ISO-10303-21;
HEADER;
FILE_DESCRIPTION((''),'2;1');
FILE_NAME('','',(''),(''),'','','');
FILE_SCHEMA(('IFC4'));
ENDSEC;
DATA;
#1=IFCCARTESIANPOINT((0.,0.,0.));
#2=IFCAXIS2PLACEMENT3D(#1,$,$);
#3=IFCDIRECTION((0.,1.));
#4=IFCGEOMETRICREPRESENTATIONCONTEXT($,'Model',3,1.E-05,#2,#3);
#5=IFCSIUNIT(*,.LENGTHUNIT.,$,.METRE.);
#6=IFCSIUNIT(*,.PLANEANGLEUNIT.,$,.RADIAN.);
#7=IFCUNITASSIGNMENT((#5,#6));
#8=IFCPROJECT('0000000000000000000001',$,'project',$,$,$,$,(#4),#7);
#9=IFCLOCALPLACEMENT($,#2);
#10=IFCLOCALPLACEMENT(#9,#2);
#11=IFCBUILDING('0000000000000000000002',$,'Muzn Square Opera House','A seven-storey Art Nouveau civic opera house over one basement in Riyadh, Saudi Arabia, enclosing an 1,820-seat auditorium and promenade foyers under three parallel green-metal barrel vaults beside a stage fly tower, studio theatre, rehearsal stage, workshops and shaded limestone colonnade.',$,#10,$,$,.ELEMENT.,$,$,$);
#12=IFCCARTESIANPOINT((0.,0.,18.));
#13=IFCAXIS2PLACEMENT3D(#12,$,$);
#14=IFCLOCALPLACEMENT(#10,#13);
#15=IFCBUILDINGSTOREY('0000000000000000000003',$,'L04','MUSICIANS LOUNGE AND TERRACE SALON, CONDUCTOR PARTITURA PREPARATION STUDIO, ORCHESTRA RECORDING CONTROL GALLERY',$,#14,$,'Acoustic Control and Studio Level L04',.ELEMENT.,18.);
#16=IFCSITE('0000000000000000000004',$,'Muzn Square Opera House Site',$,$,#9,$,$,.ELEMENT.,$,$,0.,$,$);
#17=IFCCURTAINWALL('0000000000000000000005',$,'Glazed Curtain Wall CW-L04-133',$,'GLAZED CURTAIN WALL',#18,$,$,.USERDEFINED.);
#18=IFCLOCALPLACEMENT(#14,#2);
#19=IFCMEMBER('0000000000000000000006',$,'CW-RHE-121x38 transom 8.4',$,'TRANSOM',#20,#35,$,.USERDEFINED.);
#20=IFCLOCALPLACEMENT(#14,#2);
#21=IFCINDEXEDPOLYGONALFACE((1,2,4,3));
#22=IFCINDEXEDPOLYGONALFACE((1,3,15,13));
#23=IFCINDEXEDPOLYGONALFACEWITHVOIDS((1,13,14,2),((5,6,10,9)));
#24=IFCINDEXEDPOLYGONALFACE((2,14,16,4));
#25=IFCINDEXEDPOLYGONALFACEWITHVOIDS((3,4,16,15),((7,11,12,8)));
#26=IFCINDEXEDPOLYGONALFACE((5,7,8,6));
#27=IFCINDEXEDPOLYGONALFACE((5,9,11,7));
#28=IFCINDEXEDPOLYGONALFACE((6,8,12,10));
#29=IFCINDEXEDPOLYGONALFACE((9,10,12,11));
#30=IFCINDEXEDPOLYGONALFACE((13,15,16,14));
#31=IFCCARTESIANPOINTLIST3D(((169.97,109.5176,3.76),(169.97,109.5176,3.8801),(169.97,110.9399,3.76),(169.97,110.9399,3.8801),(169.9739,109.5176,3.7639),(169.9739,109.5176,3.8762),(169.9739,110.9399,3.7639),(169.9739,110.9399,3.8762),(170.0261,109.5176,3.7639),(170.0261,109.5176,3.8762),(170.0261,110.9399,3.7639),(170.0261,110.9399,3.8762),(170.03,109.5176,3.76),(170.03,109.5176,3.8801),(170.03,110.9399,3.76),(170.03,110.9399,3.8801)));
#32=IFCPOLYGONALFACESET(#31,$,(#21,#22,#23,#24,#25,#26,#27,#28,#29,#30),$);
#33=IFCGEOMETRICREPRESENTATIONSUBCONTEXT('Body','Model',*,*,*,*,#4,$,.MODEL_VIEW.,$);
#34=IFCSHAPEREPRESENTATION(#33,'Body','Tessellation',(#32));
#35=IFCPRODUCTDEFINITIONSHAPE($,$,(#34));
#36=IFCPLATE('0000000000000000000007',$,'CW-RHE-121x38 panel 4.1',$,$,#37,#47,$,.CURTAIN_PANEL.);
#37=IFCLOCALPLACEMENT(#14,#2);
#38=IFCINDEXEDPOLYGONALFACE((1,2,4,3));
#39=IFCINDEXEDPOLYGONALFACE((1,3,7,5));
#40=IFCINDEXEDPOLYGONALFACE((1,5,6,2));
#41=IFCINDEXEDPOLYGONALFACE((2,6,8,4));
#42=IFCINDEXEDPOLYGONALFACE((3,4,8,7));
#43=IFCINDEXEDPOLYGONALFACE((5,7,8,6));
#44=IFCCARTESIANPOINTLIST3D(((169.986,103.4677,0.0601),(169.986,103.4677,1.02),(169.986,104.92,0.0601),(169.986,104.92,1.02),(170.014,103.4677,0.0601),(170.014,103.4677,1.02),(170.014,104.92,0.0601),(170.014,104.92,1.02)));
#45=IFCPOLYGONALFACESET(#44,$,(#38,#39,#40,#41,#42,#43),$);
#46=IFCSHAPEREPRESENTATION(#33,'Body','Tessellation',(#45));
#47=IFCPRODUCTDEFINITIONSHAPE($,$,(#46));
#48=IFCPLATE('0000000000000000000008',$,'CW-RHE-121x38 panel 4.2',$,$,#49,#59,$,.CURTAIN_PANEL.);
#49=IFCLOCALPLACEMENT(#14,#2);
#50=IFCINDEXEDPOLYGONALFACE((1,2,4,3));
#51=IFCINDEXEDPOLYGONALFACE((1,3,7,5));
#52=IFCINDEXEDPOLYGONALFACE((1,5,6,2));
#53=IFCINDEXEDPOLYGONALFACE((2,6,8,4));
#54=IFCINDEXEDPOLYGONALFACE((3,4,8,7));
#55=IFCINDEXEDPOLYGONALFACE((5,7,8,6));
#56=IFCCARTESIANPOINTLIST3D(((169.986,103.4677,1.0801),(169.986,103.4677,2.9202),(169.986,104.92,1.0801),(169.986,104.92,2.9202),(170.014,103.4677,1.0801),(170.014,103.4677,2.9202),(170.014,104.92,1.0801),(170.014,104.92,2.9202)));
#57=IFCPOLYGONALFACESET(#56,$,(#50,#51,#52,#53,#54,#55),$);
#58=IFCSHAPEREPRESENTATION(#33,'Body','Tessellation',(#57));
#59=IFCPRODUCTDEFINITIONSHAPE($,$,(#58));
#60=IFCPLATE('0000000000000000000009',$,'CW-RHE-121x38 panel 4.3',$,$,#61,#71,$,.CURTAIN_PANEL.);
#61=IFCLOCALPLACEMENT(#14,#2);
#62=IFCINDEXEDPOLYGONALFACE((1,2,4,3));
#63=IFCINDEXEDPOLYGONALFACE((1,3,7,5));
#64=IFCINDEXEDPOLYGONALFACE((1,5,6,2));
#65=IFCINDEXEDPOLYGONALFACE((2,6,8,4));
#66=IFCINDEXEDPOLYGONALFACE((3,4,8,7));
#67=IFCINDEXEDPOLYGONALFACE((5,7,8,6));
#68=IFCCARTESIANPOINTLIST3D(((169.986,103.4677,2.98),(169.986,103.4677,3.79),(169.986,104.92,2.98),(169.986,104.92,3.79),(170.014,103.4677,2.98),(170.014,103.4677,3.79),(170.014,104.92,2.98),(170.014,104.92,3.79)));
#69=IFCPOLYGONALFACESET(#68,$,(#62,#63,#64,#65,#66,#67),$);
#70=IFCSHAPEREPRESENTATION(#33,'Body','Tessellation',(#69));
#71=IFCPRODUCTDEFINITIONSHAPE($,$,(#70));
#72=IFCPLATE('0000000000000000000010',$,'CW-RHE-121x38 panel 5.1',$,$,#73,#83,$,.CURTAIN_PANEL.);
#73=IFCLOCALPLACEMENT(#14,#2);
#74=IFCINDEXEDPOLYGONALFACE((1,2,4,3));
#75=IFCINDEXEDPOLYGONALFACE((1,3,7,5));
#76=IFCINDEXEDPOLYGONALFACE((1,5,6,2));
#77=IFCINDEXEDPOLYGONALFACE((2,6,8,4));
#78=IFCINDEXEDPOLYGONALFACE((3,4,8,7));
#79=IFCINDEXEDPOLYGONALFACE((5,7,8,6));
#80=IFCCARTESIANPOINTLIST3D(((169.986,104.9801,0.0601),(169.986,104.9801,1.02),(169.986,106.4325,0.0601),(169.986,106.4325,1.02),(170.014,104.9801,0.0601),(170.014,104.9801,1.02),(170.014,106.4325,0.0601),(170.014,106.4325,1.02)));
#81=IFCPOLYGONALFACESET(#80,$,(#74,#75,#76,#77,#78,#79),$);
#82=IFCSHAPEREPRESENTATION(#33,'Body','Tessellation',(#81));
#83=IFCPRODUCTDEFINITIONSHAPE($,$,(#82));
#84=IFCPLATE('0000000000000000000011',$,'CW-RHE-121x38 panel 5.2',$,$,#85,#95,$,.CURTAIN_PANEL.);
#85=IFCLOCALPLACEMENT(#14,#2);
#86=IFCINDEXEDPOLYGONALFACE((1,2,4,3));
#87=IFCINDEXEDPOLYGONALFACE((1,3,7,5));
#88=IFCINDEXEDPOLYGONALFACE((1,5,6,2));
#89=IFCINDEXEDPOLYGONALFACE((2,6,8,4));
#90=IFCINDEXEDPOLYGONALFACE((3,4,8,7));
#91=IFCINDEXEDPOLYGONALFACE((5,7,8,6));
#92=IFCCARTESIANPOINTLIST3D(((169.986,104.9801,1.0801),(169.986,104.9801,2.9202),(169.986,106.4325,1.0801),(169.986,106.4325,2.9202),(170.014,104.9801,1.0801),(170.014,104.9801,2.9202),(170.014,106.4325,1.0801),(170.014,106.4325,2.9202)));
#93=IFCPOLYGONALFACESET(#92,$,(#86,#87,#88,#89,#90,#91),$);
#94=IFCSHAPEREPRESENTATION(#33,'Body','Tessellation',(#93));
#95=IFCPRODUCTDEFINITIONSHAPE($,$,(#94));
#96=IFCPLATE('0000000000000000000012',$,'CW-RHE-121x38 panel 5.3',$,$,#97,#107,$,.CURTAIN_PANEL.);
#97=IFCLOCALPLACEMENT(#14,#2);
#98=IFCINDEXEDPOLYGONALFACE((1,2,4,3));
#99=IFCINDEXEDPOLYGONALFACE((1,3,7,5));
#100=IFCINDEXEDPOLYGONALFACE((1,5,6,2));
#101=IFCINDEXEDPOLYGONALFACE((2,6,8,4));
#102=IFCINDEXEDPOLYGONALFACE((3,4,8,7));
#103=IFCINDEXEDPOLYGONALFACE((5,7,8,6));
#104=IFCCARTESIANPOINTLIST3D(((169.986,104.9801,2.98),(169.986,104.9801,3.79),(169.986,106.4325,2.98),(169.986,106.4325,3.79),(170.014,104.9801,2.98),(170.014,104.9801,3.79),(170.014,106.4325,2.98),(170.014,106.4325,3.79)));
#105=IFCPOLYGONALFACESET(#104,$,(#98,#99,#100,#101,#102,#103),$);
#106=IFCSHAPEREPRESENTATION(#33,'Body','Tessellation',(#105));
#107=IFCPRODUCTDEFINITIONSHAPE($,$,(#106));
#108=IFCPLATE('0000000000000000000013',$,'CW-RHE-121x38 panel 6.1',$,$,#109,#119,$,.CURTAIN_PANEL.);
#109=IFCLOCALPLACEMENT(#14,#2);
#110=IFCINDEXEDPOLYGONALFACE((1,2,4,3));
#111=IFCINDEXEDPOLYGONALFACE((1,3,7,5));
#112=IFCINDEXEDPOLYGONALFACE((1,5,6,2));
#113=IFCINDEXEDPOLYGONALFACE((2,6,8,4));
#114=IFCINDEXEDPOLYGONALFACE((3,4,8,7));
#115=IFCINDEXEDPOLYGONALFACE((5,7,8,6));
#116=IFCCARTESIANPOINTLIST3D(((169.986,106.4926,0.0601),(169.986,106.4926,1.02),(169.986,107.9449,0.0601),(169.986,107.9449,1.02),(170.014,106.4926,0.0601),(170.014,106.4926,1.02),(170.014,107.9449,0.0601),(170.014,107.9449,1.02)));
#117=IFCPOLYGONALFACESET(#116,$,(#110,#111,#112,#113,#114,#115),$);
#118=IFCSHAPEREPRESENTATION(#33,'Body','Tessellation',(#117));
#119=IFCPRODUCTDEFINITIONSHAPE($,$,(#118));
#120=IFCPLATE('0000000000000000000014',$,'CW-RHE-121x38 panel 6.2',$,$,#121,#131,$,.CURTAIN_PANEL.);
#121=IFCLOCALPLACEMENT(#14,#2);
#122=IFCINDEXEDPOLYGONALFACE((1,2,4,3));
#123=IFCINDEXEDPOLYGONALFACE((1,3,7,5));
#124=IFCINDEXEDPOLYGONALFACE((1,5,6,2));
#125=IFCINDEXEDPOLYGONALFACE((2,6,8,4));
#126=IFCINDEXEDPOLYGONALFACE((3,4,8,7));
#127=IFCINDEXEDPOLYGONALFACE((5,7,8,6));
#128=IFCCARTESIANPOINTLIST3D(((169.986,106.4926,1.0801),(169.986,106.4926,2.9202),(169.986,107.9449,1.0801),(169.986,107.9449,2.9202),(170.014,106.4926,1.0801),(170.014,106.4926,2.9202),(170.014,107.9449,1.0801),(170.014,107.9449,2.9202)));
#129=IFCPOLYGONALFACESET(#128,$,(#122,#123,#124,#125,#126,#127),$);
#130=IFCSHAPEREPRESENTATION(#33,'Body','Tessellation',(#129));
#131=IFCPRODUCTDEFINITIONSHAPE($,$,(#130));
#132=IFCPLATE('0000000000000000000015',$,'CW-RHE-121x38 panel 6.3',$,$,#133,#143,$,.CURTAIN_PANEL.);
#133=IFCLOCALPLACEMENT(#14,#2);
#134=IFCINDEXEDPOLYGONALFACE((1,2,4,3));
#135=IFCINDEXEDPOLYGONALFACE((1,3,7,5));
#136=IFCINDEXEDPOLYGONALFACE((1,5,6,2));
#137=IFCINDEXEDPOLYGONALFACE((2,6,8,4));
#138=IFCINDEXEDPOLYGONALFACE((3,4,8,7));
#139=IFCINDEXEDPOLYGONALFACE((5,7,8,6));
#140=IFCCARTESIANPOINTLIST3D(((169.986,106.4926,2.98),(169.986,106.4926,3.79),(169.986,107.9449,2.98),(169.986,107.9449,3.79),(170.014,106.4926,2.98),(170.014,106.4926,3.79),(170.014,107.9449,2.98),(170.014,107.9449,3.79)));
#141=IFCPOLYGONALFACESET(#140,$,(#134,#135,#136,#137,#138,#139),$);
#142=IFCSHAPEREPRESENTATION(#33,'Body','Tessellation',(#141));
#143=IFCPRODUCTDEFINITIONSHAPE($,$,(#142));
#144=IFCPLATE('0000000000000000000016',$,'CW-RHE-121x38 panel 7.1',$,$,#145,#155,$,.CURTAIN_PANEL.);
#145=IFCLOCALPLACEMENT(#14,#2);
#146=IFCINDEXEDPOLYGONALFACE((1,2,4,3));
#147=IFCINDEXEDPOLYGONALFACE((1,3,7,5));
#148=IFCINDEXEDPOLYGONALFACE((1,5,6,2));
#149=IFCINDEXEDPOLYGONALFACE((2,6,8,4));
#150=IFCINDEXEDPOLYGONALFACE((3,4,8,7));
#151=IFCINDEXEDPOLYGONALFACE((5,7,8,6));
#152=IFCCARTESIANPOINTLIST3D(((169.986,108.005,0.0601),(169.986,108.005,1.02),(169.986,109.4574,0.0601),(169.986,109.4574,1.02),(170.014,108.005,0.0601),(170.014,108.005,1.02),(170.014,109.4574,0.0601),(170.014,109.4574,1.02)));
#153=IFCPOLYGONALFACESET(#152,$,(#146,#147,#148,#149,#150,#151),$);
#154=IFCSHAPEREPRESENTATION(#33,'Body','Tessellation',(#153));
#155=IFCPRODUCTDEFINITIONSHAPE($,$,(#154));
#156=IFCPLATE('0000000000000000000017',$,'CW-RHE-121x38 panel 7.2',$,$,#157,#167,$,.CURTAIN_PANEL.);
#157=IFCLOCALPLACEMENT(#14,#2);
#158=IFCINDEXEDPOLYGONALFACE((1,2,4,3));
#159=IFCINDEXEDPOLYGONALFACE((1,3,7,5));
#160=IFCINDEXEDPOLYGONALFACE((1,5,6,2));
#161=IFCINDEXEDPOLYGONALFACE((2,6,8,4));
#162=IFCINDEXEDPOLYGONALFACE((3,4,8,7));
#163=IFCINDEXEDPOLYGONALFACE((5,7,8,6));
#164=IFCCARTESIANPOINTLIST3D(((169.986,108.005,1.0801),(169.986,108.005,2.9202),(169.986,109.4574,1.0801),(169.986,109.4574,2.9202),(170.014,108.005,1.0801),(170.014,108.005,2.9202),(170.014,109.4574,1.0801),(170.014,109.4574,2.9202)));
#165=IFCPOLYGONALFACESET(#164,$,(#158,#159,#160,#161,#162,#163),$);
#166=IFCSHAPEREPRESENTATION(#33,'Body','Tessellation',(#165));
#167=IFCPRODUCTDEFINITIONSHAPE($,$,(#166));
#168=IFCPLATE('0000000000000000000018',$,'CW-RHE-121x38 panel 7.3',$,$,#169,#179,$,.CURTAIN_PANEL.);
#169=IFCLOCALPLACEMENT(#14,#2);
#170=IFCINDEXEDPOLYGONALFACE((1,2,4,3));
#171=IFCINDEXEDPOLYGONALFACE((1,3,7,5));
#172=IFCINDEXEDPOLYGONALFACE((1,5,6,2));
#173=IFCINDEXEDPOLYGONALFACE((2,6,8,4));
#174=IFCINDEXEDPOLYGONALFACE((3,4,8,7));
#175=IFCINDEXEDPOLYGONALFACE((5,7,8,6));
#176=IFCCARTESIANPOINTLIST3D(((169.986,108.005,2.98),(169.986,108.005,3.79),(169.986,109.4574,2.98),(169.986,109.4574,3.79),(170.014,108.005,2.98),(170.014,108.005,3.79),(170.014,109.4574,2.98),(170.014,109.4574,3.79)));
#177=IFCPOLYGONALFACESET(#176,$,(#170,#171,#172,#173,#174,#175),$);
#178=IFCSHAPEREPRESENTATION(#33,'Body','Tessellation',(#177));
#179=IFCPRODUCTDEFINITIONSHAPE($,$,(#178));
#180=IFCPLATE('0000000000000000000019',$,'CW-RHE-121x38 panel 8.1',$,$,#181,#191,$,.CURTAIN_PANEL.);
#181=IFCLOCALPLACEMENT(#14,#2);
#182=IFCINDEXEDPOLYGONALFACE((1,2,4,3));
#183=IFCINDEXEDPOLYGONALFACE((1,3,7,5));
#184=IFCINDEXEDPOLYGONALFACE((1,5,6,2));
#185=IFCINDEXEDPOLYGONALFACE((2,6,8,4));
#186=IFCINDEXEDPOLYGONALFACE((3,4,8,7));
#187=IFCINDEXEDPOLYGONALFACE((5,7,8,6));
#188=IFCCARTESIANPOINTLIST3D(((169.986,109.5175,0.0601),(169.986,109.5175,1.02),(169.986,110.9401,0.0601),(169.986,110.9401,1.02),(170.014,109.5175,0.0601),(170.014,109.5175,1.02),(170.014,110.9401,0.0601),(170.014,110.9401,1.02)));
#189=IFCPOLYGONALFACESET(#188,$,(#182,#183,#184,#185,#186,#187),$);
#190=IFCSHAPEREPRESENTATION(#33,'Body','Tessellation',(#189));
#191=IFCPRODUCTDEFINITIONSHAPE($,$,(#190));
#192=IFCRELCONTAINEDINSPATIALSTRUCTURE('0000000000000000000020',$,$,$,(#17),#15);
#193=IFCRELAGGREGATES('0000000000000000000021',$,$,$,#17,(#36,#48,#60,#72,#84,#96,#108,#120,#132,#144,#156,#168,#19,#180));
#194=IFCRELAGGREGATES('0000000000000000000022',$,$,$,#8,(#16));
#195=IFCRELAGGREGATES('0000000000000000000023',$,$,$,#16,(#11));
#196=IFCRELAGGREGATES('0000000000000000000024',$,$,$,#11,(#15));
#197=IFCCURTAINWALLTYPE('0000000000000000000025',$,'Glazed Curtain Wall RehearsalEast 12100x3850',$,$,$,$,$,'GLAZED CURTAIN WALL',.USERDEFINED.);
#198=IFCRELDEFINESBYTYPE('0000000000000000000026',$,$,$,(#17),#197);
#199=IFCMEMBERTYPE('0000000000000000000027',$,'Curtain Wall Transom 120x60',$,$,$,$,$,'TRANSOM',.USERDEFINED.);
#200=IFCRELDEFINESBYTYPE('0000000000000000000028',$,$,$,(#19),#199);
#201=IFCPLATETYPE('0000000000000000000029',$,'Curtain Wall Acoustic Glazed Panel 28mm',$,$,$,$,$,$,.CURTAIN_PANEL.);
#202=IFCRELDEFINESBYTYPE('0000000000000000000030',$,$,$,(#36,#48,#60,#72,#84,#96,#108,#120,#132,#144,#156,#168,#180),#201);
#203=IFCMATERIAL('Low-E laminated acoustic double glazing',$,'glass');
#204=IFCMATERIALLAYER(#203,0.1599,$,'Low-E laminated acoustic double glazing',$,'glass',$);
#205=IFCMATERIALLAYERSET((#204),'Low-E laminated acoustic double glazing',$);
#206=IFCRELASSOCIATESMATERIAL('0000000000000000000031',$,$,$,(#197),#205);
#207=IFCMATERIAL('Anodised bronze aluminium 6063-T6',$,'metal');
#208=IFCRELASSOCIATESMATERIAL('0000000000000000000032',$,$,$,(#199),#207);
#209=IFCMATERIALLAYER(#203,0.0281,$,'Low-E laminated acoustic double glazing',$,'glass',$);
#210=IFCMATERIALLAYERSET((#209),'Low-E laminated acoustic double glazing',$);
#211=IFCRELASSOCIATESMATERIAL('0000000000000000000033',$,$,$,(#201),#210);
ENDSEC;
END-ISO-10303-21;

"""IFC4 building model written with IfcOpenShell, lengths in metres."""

from ifc_helpers import new_model, si_unit, direction, frame, origin, origin_2d, place, context, subcontext, project, spatial, rectangle, hollow_rectangle, extrude, material, layer, layer_set, material_profile, profile_set, type_object, element, aggregate, save


model = new_model("IFC4")

# Units and contexts
model_context = context("Model", 3, precision=1e-05, world=origin(), true_north=direction((0.0, 1.0)))
body_context = subcontext(model_context, "Body", "Model", "MODEL_VIEW")
ifc_project = project(units=[si_unit("LENGTHUNIT", "METRE"), si_unit("PLANEANGLEUNIT", "RADIAN")], contexts=[model_context])

# Site, building, storey
site_placement = place(None, origin())
site = spatial("IfcSite", under=ifc_project, at=site_placement, Name="Muzn Square Opera House Site", CompositionType="ELEMENT", RefElevation=0.0)
building_placement = place(site_placement, origin())
building = spatial("IfcBuilding", under=site, at=building_placement, Name="Muzn Square Opera House", Description="A seven-storey Art Nouveau civic opera house over one basement in Riyadh, Saudi Arabia, enclosing an 1,820-seat auditorium and promenade foyers under three parallel green-metal barrel vaults beside a stage fly tower, studio theatre, rehearsal stage, workshops and shaded limestone colonnade.", CompositionType="ELEMENT")
storey_placement = place(building_placement, frame((0.0, 0.0, 18.0)))
storey = spatial("IfcBuildingStorey", under=building, at=storey_placement, Name="L04", Description="MUSICIANS LOUNGE AND TERRACE SALON, CONDUCTOR PARTITURA PREPARATION STUDIO, ORCHESTRA RECORDING CONTROL GALLERY", LongName="Acoustic Control and Studio Level L04", CompositionType="ELEMENT", Elevation=18.0)

# Curtain wall, member, plates
ifc_material_1 = material(Name="Low-E laminated acoustic double glazing", Category="glass")
ifc_layer_1 = layer(ifc_material_1, 0.1599, Name="Low-E laminated acoustic double glazing", Category="glass")
ifc_layer_set_1 = layer_set([ifc_layer_1], Name="Low-E laminated acoustic double glazing")
curtain_wall_type = type_object("IfcCurtainWallType", Name="Glazed Curtain Wall RehearsalEast 12100x3850", ElementType="GLAZED CURTAIN WALL", PredefinedType="USERDEFINED", material=ifc_layer_set_1)
curtain_wall_placement = place(storey_placement, origin())
curtain_wall = element("IfcCurtainWall", 1, at=curtain_wall_placement, inside=storey, type_object=curtain_wall_type, Name="Glazed Curtain Wall CW-L04-133", ObjectType="GLAZED CURTAIN WALL", PredefinedType="USERDEFINED")
ifc_material_2 = material(Name="Anodised bronze aluminium 6063-T6", Category="metal")
ifc_material_profile_1 = material_profile(ifc_material_2, hollow_rectangle(XDim=0.0601, YDim=0.1201, WallThickness=0.0039, at=origin_2d()), Name="ALU 120x60x4", Category="metal")
ifc_profile_set_1 = profile_set([ifc_material_profile_1], Name="Anodised bronze aluminium 6063-T6")
member_type_1 = type_object("IfcMemberType", Name="Curtain Wall Transom 120x60", ElementType="TRANSOM", PredefinedType="USERDEFINED", material=ifc_profile_set_1)
member_1_placement = place(storey_placement, frame((170.0, 109.5176, 3.8201), z_axis=(0.0, 1.0, 0.0), x_axis=(-1.0, 0.0, 0.0)))
member_1 = element("IfcMember", 2, at=member_1_placement, type_object=member_type_1, Name="CW-RHE-121x38 transom 8.4", ObjectType="TRANSOM", PredefinedType="USERDEFINED", context=body_context, shape_type="SweptSolid", body=[
    extrude(hollow_rectangle(XDim=0.0601, YDim=0.1201, WallThickness=0.0039, at=origin_2d()), origin(), (0.0, 0.0, 1.0), 1.4224),
])
ifc_layer_2 = layer(ifc_material_1, 0.0281, Name="Low-E laminated acoustic double glazing", Category="glass")
ifc_layer_set_2 = layer_set([ifc_layer_2], Name="Low-E laminated acoustic double glazing")
plate_type = type_object("IfcPlateType", Name="Curtain Wall Acoustic Glazed Panel 28mm", PredefinedType="CURTAIN_PANEL", material=ifc_layer_set_2)
plate_1_placement = place(storey_placement, frame((170.0, 104.1938, 0.0601), z_axis=(0.0, 0.0, 1.0), x_axis=(0.0, 1.0, 0.0)))
plate_1 = element("IfcPlate", 3, at=plate_1_placement, type_object=plate_type, Name="CW-RHE-121x38 panel 4.1", PredefinedType="CURTAIN_PANEL", context=body_context, shape_type="SweptSolid", body=[
    extrude(rectangle(XDim=1.4524, YDim=0.0281, at=origin_2d()), origin(), (0.0, 0.0, 1.0), 0.96),
])
plate_2_placement = place(storey_placement, frame((170.0, 104.1938, 1.0801), z_axis=(0.0, 0.0, 1.0), x_axis=(0.0, 1.0, 0.0)))
plate_2 = element("IfcPlate", 4, at=plate_2_placement, type_object=plate_type, Name="CW-RHE-121x38 panel 4.2", PredefinedType="CURTAIN_PANEL", context=body_context, shape_type="SweptSolid", body=[
    extrude(rectangle(XDim=1.4524, YDim=0.0281, at=origin_2d()), origin(), (0.0, 0.0, 1.0), 1.8401),
])
plate_3_placement = place(storey_placement, frame((170.0, 104.1938, 2.98), z_axis=(0.0, 0.0, 1.0), x_axis=(0.0, 1.0, 0.0)))
plate_3 = element("IfcPlate", 5, at=plate_3_placement, type_object=plate_type, Name="CW-RHE-121x38 panel 4.3", PredefinedType="CURTAIN_PANEL", context=body_context, shape_type="SweptSolid", body=[
    extrude(rectangle(XDim=1.4524, YDim=0.0281, at=origin_2d()), origin(), (0.0, 0.0, 1.0), 0.8101),
])
plate_4_placement = place(storey_placement, frame((170.0, 105.7063, 0.0601), z_axis=(0.0, 0.0, 1.0), x_axis=(0.0, 1.0, 0.0)))
plate_4 = element("IfcPlate", 6, at=plate_4_placement, type_object=plate_type, Name="CW-RHE-121x38 panel 5.1", PredefinedType="CURTAIN_PANEL", context=body_context, shape_type="SweptSolid", body=[
    extrude(rectangle(XDim=1.4524, YDim=0.0281, at=origin_2d()), origin(), (0.0, 0.0, 1.0), 0.96),
])
plate_5_placement = place(storey_placement, frame((170.0, 105.7063, 1.0801), z_axis=(0.0, 0.0, 1.0), x_axis=(0.0, 1.0, 0.0)))
plate_5 = element("IfcPlate", 7, at=plate_5_placement, type_object=plate_type, Name="CW-RHE-121x38 panel 5.2", PredefinedType="CURTAIN_PANEL", context=body_context, shape_type="SweptSolid", body=[
    extrude(rectangle(XDim=1.4524, YDim=0.0281, at=origin_2d()), origin(), (0.0, 0.0, 1.0), 1.8401),
])
plate_6_placement = place(storey_placement, frame((170.0, 105.7063, 2.98), z_axis=(0.0, 0.0, 1.0), x_axis=(0.0, 1.0, 0.0)))
plate_6 = element("IfcPlate", 8, at=plate_6_placement, type_object=plate_type, Name="CW-RHE-121x38 panel 5.3", PredefinedType="CURTAIN_PANEL", context=body_context, shape_type="SweptSolid", body=[
    extrude(rectangle(XDim=1.4524, YDim=0.0281, at=origin_2d()), origin(), (0.0, 0.0, 1.0), 0.8101),
])
plate_7_placement = place(storey_placement, frame((170.0, 107.2188, 0.0601), z_axis=(0.0, 0.0, 1.0), x_axis=(0.0, 1.0, 0.0)))
plate_7 = element("IfcPlate", 9, at=plate_7_placement, type_object=plate_type, Name="CW-RHE-121x38 panel 6.1", PredefinedType="CURTAIN_PANEL", context=body_context, shape_type="SweptSolid", body=[
    extrude(rectangle(XDim=1.4524, YDim=0.0281, at=origin_2d()), origin(), (0.0, 0.0, 1.0), 0.96),
])
plate_8_placement = place(storey_placement, frame((170.0, 107.2188, 1.0801), z_axis=(0.0, 0.0, 1.0), x_axis=(0.0, 1.0, 0.0)))
plate_8 = element("IfcPlate", 10, at=plate_8_placement, type_object=plate_type, Name="CW-RHE-121x38 panel 6.2", PredefinedType="CURTAIN_PANEL", context=body_context, shape_type="SweptSolid", body=[
    extrude(rectangle(XDim=1.4524, YDim=0.0281, at=origin_2d()), origin(), (0.0, 0.0, 1.0), 1.8401),
])
plate_9_placement = place(storey_placement, frame((170.0, 107.2188, 2.98), z_axis=(0.0, 0.0, 1.0), x_axis=(0.0, 1.0, 0.0)))
plate_9 = element("IfcPlate", 11, at=plate_9_placement, type_object=plate_type, Name="CW-RHE-121x38 panel 6.3", PredefinedType="CURTAIN_PANEL", context=body_context, shape_type="SweptSolid", body=[
    extrude(rectangle(XDim=1.4524, YDim=0.0281, at=origin_2d()), origin(), (0.0, 0.0, 1.0), 0.8101),
])
plate_10_placement = place(storey_placement, frame((170.0, 108.7312, 0.0601), z_axis=(0.0, 0.0, 1.0), x_axis=(0.0, 1.0, 0.0)))
plate_10 = element("IfcPlate", 12, at=plate_10_placement, type_object=plate_type, Name="CW-RHE-121x38 panel 7.1", PredefinedType="CURTAIN_PANEL", context=body_context, shape_type="SweptSolid", body=[
    extrude(rectangle(XDim=1.4524, YDim=0.0281, at=origin_2d()), origin(), (0.0, 0.0, 1.0), 0.96),
])
plate_11_placement = place(storey_placement, frame((170.0, 108.7312, 1.0801), z_axis=(0.0, 0.0, 1.0), x_axis=(0.0, 1.0, 0.0)))
plate_11 = element("IfcPlate", 13, at=plate_11_placement, type_object=plate_type, Name="CW-RHE-121x38 panel 7.2", PredefinedType="CURTAIN_PANEL", context=body_context, shape_type="SweptSolid", body=[
    extrude(rectangle(XDim=1.4524, YDim=0.0281, at=origin_2d()), origin(), (0.0, 0.0, 1.0), 1.8401),
])
plate_12_placement = place(storey_placement, frame((170.0, 108.7312, 2.98), z_axis=(0.0, 0.0, 1.0), x_axis=(0.0, 1.0, 0.0)))
plate_12 = element("IfcPlate", 14, at=plate_12_placement, type_object=plate_type, Name="CW-RHE-121x38 panel 7.3", PredefinedType="CURTAIN_PANEL", context=body_context, shape_type="SweptSolid", body=[
    extrude(rectangle(XDim=1.4524, YDim=0.0281, at=origin_2d()), origin(), (0.0, 0.0, 1.0), 0.8101),
])
plate_13_placement = place(storey_placement, frame((170.0, 110.2288, 0.0601), z_axis=(0.0, 0.0, 1.0), x_axis=(0.0, 1.0, 0.0)))
plate_13 = element("IfcPlate", 15, at=plate_13_placement, type_object=plate_type, Name="CW-RHE-121x38 panel 8.1", PredefinedType="CURTAIN_PANEL", context=body_context, shape_type="SweptSolid", body=[
    extrude(rectangle(XDim=1.4226, YDim=0.0281, at=origin_2d()), origin(), (0.0, 0.0, 1.0), 0.96),
])
aggregate(curtain_wall, [plate_1, plate_2, plate_3, plate_4, plate_5, plate_6, plate_7, plate_8, plate_9, plate_10, plate_11, plate_12, member_1, plate_13])

save(model, "model.ifc")
